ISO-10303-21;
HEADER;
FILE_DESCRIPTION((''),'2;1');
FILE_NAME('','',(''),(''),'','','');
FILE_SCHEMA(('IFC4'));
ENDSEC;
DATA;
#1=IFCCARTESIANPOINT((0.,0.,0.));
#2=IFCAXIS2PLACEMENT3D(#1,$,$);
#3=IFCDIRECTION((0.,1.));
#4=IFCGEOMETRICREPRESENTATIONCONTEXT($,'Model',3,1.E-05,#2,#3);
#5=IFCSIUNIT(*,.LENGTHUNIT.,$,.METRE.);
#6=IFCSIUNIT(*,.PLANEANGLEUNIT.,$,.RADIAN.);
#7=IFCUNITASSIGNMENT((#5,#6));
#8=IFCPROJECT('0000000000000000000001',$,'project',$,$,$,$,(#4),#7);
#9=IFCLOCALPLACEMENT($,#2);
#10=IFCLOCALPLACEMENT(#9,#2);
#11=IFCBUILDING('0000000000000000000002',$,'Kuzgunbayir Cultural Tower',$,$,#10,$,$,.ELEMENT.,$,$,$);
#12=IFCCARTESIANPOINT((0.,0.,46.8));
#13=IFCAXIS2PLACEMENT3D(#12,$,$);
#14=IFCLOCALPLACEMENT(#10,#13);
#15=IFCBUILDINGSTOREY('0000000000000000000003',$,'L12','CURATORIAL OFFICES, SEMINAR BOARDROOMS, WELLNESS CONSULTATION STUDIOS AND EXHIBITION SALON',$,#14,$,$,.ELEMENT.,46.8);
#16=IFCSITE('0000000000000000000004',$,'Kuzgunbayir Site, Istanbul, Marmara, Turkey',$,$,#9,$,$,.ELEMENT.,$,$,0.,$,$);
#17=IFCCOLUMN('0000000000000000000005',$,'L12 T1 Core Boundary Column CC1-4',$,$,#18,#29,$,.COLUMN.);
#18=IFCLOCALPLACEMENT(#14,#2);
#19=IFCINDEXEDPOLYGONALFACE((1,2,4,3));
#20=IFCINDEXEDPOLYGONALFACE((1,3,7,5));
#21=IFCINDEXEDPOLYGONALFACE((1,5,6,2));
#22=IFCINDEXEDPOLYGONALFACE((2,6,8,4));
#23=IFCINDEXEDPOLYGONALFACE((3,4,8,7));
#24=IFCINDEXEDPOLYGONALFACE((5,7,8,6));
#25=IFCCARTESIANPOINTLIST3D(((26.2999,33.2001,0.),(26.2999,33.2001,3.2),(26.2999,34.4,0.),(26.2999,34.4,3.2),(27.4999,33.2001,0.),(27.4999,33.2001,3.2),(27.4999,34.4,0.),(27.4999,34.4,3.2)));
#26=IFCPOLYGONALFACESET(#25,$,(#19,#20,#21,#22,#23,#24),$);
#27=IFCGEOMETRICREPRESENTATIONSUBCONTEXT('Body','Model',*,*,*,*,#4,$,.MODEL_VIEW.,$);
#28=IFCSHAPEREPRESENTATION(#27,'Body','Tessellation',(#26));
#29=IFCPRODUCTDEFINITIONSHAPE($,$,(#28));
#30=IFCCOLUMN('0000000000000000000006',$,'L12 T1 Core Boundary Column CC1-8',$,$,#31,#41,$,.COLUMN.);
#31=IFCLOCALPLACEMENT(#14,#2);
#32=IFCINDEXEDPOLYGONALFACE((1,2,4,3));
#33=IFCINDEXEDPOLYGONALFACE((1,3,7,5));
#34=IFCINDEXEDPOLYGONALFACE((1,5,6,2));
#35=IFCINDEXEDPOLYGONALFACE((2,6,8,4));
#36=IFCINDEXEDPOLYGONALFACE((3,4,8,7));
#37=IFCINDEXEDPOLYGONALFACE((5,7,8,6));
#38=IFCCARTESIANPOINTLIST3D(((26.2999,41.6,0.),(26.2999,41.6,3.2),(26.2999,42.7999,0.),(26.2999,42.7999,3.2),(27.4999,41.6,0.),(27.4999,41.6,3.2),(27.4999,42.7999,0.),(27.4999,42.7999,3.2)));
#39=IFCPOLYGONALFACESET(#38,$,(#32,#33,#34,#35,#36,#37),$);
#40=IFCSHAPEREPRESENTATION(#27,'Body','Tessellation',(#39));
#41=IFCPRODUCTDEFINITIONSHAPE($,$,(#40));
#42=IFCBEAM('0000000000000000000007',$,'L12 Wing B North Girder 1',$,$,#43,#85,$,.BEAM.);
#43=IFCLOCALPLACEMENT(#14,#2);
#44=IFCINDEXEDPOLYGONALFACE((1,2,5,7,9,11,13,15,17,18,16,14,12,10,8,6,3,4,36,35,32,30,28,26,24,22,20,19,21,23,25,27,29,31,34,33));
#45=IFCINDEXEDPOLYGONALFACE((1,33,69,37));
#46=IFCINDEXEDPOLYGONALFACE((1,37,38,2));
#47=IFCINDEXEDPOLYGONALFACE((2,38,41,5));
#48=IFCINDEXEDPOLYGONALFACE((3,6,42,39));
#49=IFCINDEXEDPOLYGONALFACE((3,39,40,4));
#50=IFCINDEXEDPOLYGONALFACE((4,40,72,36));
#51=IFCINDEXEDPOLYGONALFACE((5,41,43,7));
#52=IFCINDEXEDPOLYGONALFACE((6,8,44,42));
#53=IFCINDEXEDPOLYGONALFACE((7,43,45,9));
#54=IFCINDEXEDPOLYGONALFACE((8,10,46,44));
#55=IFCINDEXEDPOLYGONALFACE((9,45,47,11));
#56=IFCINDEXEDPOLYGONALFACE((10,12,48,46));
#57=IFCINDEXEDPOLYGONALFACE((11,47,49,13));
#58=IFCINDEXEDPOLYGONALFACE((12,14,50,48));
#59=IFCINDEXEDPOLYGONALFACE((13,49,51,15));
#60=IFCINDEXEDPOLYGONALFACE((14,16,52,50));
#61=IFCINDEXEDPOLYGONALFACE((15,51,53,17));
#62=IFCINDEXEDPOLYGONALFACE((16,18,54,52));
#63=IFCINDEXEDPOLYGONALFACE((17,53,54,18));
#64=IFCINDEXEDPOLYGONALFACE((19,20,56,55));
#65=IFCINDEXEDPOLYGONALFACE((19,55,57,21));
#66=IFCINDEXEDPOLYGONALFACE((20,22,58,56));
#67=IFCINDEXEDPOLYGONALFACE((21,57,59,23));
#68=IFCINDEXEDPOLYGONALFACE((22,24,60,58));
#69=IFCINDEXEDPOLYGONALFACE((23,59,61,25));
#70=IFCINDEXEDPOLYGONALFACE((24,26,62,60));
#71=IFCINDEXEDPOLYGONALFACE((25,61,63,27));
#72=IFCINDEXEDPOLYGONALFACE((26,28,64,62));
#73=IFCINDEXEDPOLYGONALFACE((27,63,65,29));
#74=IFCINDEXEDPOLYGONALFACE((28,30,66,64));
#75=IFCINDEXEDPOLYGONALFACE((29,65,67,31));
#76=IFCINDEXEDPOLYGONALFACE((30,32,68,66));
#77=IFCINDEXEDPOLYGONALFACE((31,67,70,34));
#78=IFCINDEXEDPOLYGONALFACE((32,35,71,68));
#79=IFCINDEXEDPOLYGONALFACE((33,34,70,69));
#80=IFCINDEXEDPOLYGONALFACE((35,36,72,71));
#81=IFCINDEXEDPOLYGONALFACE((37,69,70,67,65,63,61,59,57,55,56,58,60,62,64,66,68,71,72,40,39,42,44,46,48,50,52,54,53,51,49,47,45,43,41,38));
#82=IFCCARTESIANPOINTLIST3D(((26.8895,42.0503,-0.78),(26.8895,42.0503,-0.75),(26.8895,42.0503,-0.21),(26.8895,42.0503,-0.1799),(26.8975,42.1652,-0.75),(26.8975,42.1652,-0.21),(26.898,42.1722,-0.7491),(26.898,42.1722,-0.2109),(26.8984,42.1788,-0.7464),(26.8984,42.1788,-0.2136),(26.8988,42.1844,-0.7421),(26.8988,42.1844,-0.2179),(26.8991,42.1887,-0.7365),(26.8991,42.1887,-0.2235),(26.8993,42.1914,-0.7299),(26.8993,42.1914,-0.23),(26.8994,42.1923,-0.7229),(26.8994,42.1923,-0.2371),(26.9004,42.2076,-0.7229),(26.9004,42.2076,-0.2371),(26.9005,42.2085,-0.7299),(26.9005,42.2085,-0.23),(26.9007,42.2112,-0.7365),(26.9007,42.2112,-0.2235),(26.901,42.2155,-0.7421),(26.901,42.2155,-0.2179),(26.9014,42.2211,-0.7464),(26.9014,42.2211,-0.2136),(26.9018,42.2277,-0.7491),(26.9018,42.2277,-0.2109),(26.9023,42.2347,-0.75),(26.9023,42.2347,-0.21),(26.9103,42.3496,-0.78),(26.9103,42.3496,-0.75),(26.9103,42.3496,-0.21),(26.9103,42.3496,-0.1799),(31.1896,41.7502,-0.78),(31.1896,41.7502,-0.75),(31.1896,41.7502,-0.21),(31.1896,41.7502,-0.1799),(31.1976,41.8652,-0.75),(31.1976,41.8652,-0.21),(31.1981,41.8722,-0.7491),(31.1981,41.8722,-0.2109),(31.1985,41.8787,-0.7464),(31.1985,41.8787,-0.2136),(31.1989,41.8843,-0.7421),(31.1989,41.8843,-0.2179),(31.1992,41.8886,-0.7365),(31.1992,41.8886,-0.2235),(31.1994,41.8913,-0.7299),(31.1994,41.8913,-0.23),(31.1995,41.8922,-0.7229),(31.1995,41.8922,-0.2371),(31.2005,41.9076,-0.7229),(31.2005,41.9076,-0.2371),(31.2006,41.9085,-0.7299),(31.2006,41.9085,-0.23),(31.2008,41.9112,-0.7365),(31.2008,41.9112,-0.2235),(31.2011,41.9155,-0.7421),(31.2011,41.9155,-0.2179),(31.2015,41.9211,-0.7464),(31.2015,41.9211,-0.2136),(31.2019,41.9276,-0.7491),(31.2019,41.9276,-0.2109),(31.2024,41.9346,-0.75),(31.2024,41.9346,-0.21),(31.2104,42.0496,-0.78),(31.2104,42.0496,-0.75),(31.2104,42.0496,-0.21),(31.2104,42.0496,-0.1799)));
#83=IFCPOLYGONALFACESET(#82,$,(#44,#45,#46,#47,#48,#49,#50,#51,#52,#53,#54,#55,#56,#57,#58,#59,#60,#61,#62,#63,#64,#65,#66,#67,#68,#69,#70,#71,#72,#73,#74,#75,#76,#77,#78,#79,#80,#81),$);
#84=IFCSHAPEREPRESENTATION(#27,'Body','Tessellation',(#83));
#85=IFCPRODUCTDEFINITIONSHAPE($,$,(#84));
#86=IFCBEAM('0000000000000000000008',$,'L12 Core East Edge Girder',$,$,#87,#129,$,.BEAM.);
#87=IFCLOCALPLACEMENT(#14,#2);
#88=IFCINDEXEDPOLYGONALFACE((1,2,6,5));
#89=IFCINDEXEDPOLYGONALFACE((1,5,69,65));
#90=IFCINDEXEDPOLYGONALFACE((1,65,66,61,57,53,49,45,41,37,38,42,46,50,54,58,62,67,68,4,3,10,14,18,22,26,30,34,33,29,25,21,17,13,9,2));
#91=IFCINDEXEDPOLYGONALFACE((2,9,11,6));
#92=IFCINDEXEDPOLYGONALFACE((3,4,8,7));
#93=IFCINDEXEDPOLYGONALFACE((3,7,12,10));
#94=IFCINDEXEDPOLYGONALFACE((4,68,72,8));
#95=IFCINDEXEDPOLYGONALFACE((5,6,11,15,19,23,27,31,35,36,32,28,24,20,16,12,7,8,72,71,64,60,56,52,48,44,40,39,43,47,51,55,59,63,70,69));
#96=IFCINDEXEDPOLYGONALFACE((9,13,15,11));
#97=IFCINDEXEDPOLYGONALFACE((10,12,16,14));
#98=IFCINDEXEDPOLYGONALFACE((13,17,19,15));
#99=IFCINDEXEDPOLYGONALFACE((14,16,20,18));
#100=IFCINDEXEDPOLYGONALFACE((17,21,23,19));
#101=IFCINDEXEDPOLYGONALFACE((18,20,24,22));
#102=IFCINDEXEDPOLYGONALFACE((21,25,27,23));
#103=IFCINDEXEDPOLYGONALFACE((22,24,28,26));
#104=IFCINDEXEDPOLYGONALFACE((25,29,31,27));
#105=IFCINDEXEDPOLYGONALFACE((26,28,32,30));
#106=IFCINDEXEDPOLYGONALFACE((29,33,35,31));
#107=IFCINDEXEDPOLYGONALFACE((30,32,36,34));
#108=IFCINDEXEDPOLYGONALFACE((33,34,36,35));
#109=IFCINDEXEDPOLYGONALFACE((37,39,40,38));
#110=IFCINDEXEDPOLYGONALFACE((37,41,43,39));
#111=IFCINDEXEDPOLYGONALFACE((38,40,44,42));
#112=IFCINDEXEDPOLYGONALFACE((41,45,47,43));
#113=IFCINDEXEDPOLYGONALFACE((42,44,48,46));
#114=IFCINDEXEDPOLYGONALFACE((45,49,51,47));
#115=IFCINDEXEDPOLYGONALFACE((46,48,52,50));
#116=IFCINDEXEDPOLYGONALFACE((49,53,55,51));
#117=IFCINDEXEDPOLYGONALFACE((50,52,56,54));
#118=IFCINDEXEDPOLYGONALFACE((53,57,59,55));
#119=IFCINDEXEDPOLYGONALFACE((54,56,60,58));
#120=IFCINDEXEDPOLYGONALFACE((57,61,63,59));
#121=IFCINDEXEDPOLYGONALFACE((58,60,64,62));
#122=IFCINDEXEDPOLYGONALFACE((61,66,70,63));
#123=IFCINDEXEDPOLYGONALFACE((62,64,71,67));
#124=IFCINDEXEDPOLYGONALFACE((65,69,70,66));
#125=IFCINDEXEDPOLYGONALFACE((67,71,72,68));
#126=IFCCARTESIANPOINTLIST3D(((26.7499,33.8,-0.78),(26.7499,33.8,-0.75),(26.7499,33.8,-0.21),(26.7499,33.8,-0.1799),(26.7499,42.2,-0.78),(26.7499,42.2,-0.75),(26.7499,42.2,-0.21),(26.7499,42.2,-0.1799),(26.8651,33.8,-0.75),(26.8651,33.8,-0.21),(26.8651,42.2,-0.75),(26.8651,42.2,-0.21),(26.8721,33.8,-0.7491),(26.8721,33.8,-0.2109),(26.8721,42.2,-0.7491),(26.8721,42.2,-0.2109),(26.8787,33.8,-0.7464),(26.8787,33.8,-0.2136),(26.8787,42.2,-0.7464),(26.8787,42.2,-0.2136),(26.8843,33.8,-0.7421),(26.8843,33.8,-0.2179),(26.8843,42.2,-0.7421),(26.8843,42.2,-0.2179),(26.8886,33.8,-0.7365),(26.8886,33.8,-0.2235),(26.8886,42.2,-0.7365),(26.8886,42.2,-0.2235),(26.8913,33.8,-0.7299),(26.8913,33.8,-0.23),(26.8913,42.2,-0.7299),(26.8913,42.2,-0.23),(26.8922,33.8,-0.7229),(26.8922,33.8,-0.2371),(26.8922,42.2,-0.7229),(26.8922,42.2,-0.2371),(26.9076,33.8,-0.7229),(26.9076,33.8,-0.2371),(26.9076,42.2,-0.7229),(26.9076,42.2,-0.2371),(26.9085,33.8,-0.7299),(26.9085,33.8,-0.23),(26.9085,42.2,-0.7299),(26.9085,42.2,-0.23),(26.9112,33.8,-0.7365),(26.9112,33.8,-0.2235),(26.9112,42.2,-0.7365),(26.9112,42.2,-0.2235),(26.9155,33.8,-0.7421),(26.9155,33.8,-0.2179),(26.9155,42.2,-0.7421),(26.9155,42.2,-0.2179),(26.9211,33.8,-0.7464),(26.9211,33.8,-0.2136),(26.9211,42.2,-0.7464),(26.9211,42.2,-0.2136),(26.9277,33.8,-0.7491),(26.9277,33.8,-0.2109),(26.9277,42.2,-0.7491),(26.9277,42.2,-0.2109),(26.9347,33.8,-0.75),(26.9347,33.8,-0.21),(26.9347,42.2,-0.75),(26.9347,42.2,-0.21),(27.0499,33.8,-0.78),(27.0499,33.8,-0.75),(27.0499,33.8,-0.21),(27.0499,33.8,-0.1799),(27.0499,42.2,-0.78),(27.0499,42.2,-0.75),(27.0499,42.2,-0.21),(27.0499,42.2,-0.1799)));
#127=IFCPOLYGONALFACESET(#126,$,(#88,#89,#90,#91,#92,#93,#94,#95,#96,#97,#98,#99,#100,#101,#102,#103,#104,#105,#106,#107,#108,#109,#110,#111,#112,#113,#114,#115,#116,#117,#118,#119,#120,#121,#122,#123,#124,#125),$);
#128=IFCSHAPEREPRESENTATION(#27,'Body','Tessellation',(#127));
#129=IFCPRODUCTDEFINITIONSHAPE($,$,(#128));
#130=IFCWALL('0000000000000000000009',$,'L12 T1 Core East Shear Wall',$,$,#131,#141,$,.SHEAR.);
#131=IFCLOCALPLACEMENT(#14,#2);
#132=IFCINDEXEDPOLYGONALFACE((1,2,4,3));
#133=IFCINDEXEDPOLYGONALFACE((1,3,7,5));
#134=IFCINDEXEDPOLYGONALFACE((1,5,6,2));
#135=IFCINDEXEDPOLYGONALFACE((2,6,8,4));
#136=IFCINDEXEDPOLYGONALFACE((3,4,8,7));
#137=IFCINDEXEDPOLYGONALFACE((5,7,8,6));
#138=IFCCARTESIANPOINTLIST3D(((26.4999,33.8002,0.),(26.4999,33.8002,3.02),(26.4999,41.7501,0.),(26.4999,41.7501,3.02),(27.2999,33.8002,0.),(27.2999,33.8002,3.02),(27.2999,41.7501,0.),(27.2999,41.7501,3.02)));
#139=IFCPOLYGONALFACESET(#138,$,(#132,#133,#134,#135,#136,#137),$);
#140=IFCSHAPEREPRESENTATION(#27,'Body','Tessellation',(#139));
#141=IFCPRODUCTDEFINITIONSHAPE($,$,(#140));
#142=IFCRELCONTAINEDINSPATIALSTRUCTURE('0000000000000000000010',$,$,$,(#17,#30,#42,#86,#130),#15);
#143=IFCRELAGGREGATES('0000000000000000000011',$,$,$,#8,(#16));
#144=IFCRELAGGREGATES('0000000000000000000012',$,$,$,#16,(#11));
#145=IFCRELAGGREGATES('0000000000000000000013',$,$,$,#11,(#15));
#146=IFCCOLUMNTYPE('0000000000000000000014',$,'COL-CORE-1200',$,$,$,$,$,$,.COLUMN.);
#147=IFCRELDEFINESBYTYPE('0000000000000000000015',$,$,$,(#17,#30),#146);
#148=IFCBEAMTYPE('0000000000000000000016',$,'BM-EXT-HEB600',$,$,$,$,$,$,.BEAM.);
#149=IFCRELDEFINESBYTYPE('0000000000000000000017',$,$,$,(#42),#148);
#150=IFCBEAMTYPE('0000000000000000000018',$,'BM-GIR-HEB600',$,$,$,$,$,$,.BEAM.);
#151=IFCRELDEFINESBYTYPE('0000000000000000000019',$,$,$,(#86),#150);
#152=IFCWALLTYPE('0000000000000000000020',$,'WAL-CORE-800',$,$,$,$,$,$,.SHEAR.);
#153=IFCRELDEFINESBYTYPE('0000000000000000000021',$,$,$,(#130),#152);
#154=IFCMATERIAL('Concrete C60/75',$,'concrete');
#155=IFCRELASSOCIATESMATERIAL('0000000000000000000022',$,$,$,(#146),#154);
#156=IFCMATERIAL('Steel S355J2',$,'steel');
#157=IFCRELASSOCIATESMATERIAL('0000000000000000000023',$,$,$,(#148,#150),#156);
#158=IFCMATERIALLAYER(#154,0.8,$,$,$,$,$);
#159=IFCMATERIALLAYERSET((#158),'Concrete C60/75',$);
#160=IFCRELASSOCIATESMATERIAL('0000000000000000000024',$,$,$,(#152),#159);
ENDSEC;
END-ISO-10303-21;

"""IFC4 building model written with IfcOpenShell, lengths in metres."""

from ifc_helpers import new_model, si_unit, direction, frame, frame_2d, origin, origin_2d, place, context, subcontext, project, spatial, rectangle, i_section, extrude, material, layer, layer_set, material_profile, profile_set, type_object, element, save


model = new_model("IFC4")

# Units and contexts
model_context = context("Model", 3, precision=1e-05, world=origin(), true_north=direction((0.0, 1.0)))
body_context = subcontext(model_context, "Body", "Model", "MODEL_VIEW")
ifc_project = project(units=[si_unit("LENGTHUNIT", "METRE"), si_unit("PLANEANGLEUNIT", "RADIAN")], contexts=[model_context])

# Site, building, storey
site_placement = place(None, origin())
site = spatial("IfcSite", under=ifc_project, at=site_placement, Name="Kuzgunbayir Site, Istanbul, Marmara, Turkey", CompositionType="ELEMENT", RefElevation=0.0)
building_placement = place(site_placement, origin())
building = spatial("IfcBuilding", under=site, at=building_placement, Name="Kuzgunbayir Cultural Tower", CompositionType="ELEMENT")
storey_placement = place(building_placement, frame((0.0, 0.0, 46.8)))
storey = spatial("IfcBuildingStorey", under=building, at=storey_placement, Name="L12", Description="CURATORIAL OFFICES, SEMINAR BOARDROOMS, WELLNESS CONSULTATION STUDIOS AND EXHIBITION SALON", CompositionType="ELEMENT", Elevation=46.8)

# Columns
ifc_material_1 = material(Name="Concrete C60/75", Category="concrete")
ifc_material_profile_1 = material_profile(ifc_material_1, rectangle(XDim=1.2, YDim=1.2, at=origin_2d()), Name="RC 1200x1200")
ifc_profile_set_1 = profile_set([ifc_material_profile_1], Name="Concrete C60/75")
column_type = type_object("IfcColumnType", Name="COL-CORE-1200", PredefinedType="COLUMN", material=ifc_profile_set_1)
for number, where, z_axis, x_axis, name in (
    (1, (26.8999, 33.8, 0.0), (0.0, 0.0, 1.0), (1.0, 0.0, 0.0), "L12 T1 Core Boundary Column CC1-4"),
    (2, (26.8999, 42.2, 0.0), (0.0, 0.0, 1.0), (1.0, 0.0, 0.0), "L12 T1 Core Boundary Column CC1-8"),
):
    element("IfcColumn", number, at=place(storey_placement, frame(where, z_axis=z_axis, x_axis=x_axis)), inside=storey, type_object=column_type, Name=name, PredefinedType="COLUMN", context=body_context, shape_type="SweptSolid", body=[
        extrude(rectangle(XDim=1.2, YDim=1.2, at=origin_2d()), origin(), (0.0, 0.0, 1.0), 3.2),
    ])

# Beams
ifc_material_2 = material(Name="Steel S355J2", Category="steel")
ifc_material_profile_2 = material_profile(ifc_material_2, i_section(OverallWidth=0.3, OverallDepth=0.6001, WebThickness=0.0154, FlangeThickness=0.03, FilletRadius=0.0271, at=origin_2d()), Name="HEB 600")
ifc_profile_set_2 = profile_set([ifc_material_profile_2], Name="Steel S355J2")
beam_type_1 = type_object("IfcBeamType", Name="BM-EXT-HEB600", PredefinedType="BEAM", material=ifc_profile_set_2)
beam_1_placement = place(storey_placement, frame((26.8999, 42.2, -0.48), z_axis=(0.997574, -0.069609, 0.0), x_axis=(0.069609, 0.997574, 0.0)))
element("IfcBeam", 3, at=beam_1_placement, inside=storey, type_object=beam_type_1, Name="L12 Wing B North Girder 1", PredefinedType="BEAM", context=body_context, shape_type="SweptSolid", body=[
    extrude(i_section(OverallWidth=0.3, OverallDepth=0.6001, WebThickness=0.0154, FlangeThickness=0.03, FilletRadius=0.0271, at=origin_2d()), origin(), (0.0, 0.0, 1.0), 4.3105),
])
ifc_material_profile_3 = material_profile(ifc_material_2, i_section(OverallWidth=0.3, OverallDepth=0.6001, WebThickness=0.0154, FlangeThickness=0.03, FilletRadius=0.0271, at=origin_2d()), Name="HEB 600")
ifc_profile_set_3 = profile_set([ifc_material_profile_3], Name="Steel S355J2")
beam_type_2 = type_object("IfcBeamType", Name="BM-GIR-HEB600", PredefinedType="BEAM", material=ifc_profile_set_3)
beam_2_placement = place(storey_placement, frame((26.8999, 33.8, -0.48), z_axis=(0.0, 1.0, 0.0), x_axis=(-1.0, 0.0, 0.0)))
element("IfcBeam", 4, at=beam_2_placement, inside=storey, type_object=beam_type_2, Name="L12 Core East Edge Girder", PredefinedType="BEAM", context=body_context, shape_type="SweptSolid", body=[
    extrude(i_section(OverallWidth=0.3, OverallDepth=0.6001, WebThickness=0.0154, FlangeThickness=0.03, FilletRadius=0.0271, at=origin_2d()), origin(), (0.0, 0.0, 1.0), 8.3999),
])

# Wall
ifc_layer_1 = layer(ifc_material_1, 0.8)
ifc_layer_set_1 = layer_set([ifc_layer_1], Name="Concrete C60/75")
wall_type_1 = type_object("IfcWallType", Name="WAL-CORE-800", PredefinedType="SHEAR", material=ifc_layer_set_1)
wall_1_placement = place(storey_placement, frame((26.8999, 33.8, 0.0), z_axis=(0.0, 0.0, 1.0), x_axis=(0.0, 1.0, 0.0)))
element("IfcWall", 5, at=wall_1_placement, inside=storey, type_object=wall_type_1, Name="L12 T1 Core East Shear Wall", PredefinedType="SHEAR", context=body_context, shape_type="SweptSolid", body=[
    extrude(rectangle(XDim=7.95, YDim=0.8, at=frame_2d((3.9751, 0.0))), origin(), (0.0, 0.0, 1.0), 3.02),
])

save(model, "model.ifc")
